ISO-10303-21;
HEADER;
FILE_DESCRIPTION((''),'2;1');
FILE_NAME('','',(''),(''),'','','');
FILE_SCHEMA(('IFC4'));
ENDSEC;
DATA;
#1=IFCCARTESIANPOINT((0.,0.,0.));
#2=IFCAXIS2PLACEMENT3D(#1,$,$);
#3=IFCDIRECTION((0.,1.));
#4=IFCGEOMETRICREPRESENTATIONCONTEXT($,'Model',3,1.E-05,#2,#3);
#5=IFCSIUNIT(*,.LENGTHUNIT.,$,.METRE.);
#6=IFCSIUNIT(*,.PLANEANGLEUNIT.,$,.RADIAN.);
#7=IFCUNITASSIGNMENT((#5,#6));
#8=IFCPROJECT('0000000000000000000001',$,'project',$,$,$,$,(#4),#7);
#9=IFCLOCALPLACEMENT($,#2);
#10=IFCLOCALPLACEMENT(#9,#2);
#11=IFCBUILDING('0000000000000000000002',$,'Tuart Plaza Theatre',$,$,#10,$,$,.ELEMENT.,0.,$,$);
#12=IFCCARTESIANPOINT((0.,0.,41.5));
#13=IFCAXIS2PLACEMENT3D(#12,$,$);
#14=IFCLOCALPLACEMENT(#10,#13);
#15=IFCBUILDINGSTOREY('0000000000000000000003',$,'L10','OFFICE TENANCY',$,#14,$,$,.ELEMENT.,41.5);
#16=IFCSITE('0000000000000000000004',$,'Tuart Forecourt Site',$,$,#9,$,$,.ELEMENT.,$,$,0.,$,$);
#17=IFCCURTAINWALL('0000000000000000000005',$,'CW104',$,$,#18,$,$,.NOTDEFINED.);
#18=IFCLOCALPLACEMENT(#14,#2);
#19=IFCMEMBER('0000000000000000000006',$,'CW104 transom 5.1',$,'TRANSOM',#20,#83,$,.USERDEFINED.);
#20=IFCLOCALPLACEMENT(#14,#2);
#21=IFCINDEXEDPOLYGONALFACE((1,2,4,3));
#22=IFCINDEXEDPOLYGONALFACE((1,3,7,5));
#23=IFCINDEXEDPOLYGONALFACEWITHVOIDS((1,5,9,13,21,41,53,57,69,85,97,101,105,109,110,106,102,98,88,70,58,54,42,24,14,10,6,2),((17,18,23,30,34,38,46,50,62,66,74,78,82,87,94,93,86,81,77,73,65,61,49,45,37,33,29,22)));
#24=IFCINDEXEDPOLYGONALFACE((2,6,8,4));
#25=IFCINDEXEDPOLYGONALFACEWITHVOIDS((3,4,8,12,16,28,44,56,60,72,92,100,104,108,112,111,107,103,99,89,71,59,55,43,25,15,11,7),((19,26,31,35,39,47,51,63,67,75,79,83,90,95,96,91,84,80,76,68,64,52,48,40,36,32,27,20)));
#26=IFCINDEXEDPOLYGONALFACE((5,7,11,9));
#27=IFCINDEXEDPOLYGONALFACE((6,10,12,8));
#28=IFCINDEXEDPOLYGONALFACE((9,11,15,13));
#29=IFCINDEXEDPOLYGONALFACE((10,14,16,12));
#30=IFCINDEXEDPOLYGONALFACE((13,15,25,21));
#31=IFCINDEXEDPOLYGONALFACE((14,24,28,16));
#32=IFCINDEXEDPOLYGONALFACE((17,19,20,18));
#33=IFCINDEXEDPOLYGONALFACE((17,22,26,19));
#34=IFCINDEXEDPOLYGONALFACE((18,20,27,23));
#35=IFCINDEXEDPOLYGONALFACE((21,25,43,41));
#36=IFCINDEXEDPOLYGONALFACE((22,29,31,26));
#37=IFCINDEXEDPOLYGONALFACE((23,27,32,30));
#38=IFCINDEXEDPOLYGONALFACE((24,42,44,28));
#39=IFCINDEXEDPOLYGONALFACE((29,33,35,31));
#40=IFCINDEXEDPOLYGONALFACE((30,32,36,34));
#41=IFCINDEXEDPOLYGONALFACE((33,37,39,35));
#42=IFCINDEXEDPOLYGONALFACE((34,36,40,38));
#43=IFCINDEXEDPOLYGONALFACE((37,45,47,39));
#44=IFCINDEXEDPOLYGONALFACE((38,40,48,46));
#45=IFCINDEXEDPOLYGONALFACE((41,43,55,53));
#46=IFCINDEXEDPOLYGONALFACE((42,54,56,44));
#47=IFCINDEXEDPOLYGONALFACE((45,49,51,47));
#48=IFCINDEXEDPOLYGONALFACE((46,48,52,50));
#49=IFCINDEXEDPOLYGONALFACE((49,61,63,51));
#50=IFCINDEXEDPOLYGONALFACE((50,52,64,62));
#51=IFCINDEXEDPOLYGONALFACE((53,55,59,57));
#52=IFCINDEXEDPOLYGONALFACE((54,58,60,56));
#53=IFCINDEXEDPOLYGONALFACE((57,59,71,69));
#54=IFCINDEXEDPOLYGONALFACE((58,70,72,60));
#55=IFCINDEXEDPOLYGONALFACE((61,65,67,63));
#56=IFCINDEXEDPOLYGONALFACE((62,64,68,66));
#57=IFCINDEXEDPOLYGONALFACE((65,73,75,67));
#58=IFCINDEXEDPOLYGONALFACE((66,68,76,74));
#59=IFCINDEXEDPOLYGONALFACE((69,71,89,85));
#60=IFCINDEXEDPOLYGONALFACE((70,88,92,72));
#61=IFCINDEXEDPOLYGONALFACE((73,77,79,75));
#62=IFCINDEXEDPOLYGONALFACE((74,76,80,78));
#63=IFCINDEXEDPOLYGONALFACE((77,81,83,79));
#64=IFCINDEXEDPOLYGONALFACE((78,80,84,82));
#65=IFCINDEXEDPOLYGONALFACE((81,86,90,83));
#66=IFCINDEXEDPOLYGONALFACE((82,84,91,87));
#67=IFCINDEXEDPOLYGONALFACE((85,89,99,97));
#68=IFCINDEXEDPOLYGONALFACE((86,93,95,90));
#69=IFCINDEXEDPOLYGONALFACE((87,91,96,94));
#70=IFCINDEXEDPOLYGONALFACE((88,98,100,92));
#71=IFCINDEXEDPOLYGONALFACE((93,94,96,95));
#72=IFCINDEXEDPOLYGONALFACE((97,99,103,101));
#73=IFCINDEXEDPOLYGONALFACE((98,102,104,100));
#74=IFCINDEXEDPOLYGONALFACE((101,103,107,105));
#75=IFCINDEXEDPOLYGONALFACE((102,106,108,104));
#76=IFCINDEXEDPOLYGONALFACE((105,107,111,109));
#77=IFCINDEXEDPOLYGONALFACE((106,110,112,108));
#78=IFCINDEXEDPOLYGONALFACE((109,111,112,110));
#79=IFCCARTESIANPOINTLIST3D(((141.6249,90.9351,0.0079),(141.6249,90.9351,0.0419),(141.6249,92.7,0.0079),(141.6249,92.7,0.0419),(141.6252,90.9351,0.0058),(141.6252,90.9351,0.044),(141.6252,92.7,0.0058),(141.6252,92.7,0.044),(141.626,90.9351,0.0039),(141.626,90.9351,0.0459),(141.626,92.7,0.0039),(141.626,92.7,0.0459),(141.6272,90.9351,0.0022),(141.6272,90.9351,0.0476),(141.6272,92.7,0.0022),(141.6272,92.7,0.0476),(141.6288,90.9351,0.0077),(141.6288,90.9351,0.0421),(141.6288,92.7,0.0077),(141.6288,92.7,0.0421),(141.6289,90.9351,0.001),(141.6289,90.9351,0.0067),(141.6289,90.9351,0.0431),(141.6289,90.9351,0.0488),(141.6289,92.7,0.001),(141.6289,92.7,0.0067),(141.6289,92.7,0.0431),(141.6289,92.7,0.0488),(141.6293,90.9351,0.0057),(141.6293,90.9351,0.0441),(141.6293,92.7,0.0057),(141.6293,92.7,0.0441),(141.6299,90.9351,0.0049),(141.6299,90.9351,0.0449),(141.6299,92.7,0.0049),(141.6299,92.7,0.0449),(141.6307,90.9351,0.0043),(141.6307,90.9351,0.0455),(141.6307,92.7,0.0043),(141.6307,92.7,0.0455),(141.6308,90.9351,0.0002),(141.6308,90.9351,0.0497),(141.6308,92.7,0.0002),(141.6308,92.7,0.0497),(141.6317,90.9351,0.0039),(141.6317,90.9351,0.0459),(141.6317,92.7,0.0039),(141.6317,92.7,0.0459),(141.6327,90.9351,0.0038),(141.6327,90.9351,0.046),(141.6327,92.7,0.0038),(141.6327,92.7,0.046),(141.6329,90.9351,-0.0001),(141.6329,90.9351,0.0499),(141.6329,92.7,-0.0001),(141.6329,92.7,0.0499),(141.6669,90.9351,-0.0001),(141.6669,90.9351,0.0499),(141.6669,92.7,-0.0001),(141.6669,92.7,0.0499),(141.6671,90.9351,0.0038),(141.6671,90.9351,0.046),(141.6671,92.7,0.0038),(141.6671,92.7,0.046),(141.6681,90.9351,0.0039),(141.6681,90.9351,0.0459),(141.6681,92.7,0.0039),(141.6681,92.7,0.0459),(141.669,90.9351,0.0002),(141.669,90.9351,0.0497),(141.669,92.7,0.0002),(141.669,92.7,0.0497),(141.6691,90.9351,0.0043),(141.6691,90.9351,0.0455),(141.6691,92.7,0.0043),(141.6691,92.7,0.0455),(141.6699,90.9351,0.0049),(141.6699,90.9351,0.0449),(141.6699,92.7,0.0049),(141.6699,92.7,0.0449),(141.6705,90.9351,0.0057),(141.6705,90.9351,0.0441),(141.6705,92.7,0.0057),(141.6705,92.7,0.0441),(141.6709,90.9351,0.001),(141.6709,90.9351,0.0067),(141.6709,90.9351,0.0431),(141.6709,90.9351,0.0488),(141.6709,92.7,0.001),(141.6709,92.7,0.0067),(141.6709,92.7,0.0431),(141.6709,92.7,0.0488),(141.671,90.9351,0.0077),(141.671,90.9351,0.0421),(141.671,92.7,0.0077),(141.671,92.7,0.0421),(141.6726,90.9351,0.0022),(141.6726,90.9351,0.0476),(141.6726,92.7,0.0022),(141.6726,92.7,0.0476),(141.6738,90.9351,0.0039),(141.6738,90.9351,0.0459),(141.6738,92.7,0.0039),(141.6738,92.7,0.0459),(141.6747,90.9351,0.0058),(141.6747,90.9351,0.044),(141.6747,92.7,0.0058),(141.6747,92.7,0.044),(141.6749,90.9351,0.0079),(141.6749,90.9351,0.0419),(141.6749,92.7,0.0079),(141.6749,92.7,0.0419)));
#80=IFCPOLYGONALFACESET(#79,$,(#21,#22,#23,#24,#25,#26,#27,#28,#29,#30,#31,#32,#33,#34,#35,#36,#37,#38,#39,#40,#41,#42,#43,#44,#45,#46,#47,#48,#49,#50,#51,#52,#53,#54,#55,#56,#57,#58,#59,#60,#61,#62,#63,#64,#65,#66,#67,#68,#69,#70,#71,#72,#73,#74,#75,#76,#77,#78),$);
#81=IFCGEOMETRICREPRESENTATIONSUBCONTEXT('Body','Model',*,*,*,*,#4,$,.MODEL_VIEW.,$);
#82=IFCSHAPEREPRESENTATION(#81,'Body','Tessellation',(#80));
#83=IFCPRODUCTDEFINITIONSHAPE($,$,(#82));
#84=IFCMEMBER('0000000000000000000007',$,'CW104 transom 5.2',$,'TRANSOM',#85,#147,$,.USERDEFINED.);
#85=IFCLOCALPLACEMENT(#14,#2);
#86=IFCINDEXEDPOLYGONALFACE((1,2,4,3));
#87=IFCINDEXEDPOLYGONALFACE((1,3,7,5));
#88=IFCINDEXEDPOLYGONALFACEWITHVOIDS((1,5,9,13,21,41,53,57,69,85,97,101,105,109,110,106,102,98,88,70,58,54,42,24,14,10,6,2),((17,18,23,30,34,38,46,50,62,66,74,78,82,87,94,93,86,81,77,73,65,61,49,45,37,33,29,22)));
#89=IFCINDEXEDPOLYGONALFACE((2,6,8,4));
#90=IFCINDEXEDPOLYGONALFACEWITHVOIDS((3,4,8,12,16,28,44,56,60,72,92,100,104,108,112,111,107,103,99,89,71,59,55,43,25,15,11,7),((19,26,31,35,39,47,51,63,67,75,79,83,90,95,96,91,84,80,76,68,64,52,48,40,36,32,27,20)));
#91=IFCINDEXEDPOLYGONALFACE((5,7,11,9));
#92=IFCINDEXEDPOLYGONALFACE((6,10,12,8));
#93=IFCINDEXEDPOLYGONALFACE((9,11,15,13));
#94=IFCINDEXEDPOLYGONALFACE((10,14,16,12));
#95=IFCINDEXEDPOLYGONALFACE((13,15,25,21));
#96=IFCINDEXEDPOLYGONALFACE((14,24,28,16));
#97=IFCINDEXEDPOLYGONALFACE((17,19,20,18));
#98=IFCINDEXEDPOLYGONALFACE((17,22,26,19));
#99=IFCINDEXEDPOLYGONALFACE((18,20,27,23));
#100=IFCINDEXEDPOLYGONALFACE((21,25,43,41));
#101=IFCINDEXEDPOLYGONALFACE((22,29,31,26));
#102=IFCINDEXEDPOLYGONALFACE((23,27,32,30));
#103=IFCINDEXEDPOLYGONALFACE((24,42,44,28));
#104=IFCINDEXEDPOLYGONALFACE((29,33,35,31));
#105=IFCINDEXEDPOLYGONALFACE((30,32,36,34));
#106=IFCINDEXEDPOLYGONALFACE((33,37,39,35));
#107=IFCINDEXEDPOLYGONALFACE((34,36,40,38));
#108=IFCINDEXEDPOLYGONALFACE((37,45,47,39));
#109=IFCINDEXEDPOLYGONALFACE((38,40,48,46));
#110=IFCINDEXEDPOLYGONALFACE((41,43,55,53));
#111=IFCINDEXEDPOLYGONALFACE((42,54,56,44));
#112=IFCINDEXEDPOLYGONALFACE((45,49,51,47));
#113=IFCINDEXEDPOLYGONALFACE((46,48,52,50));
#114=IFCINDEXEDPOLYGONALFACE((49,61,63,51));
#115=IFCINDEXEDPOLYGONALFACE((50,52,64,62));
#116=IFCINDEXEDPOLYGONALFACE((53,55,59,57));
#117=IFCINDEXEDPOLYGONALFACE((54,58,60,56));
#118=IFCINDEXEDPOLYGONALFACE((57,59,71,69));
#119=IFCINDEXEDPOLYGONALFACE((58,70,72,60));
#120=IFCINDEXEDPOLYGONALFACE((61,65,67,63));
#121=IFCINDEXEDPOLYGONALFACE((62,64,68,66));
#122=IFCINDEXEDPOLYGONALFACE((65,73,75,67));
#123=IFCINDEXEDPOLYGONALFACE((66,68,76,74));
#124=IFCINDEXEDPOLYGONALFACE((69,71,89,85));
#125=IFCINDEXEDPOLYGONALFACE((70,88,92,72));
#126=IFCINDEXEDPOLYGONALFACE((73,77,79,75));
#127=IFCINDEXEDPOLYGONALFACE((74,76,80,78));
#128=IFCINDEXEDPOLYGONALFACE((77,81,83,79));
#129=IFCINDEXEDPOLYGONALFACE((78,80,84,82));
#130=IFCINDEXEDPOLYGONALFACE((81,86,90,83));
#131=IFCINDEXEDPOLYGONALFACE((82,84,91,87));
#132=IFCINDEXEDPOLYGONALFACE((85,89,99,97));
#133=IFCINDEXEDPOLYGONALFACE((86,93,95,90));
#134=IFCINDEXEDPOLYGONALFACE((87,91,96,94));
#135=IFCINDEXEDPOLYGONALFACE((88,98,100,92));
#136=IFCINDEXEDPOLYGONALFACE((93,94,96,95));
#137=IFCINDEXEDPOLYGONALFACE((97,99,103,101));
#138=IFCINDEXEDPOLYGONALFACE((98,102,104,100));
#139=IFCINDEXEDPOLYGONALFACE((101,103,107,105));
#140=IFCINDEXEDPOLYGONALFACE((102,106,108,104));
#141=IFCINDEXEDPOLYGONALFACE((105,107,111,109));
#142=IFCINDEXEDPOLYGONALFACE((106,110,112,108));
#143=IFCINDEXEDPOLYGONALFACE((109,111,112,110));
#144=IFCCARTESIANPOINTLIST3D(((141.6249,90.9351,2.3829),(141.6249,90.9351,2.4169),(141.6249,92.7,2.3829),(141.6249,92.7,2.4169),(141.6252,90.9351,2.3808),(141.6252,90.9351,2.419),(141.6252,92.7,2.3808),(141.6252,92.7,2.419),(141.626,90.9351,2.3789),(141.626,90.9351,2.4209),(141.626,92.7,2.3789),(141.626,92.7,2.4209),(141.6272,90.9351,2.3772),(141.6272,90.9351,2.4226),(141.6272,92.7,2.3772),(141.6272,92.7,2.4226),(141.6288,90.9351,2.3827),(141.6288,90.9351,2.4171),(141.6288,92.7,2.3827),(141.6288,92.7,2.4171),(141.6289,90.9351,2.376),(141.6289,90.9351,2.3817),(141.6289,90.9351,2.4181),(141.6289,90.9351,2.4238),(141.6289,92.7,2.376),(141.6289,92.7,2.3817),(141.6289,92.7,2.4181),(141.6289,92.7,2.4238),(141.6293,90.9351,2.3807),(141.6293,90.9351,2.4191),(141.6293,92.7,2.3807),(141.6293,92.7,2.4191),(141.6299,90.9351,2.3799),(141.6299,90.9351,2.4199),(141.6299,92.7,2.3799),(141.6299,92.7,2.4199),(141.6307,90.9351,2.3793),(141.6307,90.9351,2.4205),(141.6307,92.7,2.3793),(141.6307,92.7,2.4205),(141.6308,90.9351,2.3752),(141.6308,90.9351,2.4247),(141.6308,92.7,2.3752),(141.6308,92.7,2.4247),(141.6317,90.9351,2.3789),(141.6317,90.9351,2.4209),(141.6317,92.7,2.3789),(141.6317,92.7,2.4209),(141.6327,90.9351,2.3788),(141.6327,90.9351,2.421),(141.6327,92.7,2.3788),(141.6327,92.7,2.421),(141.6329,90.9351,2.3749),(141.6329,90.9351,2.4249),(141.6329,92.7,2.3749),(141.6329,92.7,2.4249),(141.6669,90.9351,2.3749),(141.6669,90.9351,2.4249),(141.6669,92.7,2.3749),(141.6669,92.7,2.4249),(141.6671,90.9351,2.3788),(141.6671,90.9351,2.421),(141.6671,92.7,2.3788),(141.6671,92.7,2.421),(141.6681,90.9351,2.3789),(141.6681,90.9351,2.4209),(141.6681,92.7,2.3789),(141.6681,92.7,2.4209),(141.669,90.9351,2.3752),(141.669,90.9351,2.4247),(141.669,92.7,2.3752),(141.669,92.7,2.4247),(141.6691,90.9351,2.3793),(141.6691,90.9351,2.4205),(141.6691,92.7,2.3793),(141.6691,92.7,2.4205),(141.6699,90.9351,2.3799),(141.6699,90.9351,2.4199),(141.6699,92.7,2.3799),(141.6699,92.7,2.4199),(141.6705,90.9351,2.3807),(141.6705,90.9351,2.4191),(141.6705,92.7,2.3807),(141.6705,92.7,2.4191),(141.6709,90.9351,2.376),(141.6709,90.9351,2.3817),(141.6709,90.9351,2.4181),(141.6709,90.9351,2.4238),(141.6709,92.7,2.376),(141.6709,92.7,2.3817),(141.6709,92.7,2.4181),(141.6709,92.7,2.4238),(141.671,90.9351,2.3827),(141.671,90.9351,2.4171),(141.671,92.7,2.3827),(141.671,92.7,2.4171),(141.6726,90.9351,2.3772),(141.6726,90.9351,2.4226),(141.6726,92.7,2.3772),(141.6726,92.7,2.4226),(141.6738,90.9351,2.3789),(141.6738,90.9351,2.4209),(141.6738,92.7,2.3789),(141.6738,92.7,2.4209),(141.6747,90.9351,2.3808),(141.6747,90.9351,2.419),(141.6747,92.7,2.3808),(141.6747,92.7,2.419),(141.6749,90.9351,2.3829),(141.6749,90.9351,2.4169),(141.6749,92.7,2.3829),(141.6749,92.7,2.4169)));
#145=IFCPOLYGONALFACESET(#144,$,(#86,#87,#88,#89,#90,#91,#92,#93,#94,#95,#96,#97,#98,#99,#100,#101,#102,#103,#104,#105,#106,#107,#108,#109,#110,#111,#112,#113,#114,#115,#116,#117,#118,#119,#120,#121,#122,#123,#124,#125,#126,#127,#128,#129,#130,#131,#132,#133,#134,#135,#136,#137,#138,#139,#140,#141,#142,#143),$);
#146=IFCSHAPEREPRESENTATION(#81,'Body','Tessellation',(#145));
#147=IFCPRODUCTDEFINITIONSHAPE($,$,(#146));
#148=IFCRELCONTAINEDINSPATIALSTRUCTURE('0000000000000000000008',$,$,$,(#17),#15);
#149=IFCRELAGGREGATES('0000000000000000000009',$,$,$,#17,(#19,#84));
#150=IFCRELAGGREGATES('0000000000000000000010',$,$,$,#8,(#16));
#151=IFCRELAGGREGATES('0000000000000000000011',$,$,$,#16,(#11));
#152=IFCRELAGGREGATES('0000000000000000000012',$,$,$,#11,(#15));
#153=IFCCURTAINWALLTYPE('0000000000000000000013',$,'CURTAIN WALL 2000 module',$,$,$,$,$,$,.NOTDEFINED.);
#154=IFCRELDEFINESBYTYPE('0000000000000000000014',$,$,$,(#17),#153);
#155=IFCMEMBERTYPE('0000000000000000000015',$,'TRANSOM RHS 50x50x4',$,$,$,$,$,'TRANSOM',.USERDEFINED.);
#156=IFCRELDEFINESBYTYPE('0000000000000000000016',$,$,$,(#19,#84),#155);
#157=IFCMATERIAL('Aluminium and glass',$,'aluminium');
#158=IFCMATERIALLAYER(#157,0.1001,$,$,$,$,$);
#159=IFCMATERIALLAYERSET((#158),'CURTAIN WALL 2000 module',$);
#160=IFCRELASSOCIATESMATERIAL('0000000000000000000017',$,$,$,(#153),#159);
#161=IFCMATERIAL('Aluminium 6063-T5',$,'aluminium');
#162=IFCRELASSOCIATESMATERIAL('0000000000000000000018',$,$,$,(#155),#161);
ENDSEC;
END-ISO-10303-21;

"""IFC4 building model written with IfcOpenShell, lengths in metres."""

from ifc_helpers import new_model, si_unit, direction, frame, origin, origin_2d, place, context, subcontext, project, spatial, hollow_rectangle, extrude, material, layer, layer_set, material_profile, profile_set, type_object, element, aggregate, save


model = new_model("IFC4")

# Units and contexts
model_context = context("Model", 3, precision=1e-05, world=origin(), true_north=direction((0.0, 1.0)))
body_context = subcontext(model_context, "Body", "Model", "MODEL_VIEW")
ifc_project = project(units=[si_unit("LENGTHUNIT", "METRE"), si_unit("PLANEANGLEUNIT", "RADIAN")], contexts=[model_context])

# Site, building, storey
site_placement = place(None, origin())
site = spatial("IfcSite", under=ifc_project, at=site_placement, Name="Tuart Forecourt Site", CompositionType="ELEMENT", RefElevation=0.0)
building_placement = place(site_placement, origin())
building = spatial("IfcBuilding", under=site, at=building_placement, Name="Tuart Plaza Theatre", CompositionType="ELEMENT", ElevationOfRefHeight=0.0)
storey_placement = place(building_placement, frame((0.0, 0.0, 41.5)))
storey = spatial("IfcBuildingStorey", under=building, at=storey_placement, Name="L10", Description="OFFICE TENANCY", CompositionType="ELEMENT", Elevation=41.5)

# Shared definitions
ifc_material_1 = material(Name="Aluminium and glass", Category="aluminium")
ifc_layer_1 = layer(ifc_material_1, 0.1001)
ifc_layer_set_1 = layer_set([ifc_layer_1], Name="CURTAIN WALL 2000 module")
curtain_wall_type = type_object("IfcCurtainWallType", Name="CURTAIN WALL 2000 module", PredefinedType="NOTDEFINED", material=ifc_layer_set_1)

# Curtain wall
curtain_wall_1_placement = place(storey_placement, origin())
curtain_wall_1 = element("IfcCurtainWall", 1, at=curtain_wall_1_placement, inside=storey, type_object=curtain_wall_type, Name="CW104", PredefinedType="NOTDEFINED")

# Members
ifc_material_2 = material(Name="Aluminium 6063-T5", Category="aluminium")
ifc_material_profile_1 = material_profile(ifc_material_2, hollow_rectangle(XDim=0.05, YDim=0.05, WallThickness=0.0039, InnerFilletRadius=0.0039, OuterFilletRadius=0.0081, at=origin_2d()), Name="RHS 50x50x4")
ifc_profile_set_1 = profile_set([ifc_material_profile_1], Name="Aluminium 6063-T5")
member_type_1 = type_object("IfcMemberType", Name="TRANSOM RHS 50x50x4", ElementType="TRANSOM", PredefinedType="USERDEFINED", material=ifc_profile_set_1)
member_1_placement = place(storey_placement, frame((141.6499, 90.9351, 0.0249), z_axis=(0.0, 1.0, 0.0), x_axis=(-1.0, 0.0, 0.0)))
member_1 = element("IfcMember", 2, at=member_1_placement, type_object=member_type_1, Name="CW104 transom 5.1", ObjectType="TRANSOM", PredefinedType="USERDEFINED", context=body_context, shape_type="SweptSolid", body=[
    extrude(hollow_rectangle(XDim=0.05, YDim=0.05, WallThickness=0.0039, InnerFilletRadius=0.0039, OuterFilletRadius=0.0081, at=origin_2d()), origin(), (0.0, 0.0, 1.0), 1.7649),
])
member_2_placement = place(storey_placement, frame((141.6499, 90.9351, 2.3999), z_axis=(0.0, 1.0, 0.0), x_axis=(-1.0, 0.0, 0.0)))
member_2 = element("IfcMember", 3, at=member_2_placement, type_object=member_type_1, Name="CW104 transom 5.2", ObjectType="TRANSOM", PredefinedType="USERDEFINED", context=body_context, shape_type="SweptSolid", body=[
    extrude(hollow_rectangle(XDim=0.05, YDim=0.05, WallThickness=0.0039, InnerFilletRadius=0.0039, OuterFilletRadius=0.0081, at=origin_2d()), origin(), (0.0, 0.0, 1.0), 1.7649),
])

aggregate(curtain_wall_1, [member_1, member_2])

save(model, "model.ifc")
